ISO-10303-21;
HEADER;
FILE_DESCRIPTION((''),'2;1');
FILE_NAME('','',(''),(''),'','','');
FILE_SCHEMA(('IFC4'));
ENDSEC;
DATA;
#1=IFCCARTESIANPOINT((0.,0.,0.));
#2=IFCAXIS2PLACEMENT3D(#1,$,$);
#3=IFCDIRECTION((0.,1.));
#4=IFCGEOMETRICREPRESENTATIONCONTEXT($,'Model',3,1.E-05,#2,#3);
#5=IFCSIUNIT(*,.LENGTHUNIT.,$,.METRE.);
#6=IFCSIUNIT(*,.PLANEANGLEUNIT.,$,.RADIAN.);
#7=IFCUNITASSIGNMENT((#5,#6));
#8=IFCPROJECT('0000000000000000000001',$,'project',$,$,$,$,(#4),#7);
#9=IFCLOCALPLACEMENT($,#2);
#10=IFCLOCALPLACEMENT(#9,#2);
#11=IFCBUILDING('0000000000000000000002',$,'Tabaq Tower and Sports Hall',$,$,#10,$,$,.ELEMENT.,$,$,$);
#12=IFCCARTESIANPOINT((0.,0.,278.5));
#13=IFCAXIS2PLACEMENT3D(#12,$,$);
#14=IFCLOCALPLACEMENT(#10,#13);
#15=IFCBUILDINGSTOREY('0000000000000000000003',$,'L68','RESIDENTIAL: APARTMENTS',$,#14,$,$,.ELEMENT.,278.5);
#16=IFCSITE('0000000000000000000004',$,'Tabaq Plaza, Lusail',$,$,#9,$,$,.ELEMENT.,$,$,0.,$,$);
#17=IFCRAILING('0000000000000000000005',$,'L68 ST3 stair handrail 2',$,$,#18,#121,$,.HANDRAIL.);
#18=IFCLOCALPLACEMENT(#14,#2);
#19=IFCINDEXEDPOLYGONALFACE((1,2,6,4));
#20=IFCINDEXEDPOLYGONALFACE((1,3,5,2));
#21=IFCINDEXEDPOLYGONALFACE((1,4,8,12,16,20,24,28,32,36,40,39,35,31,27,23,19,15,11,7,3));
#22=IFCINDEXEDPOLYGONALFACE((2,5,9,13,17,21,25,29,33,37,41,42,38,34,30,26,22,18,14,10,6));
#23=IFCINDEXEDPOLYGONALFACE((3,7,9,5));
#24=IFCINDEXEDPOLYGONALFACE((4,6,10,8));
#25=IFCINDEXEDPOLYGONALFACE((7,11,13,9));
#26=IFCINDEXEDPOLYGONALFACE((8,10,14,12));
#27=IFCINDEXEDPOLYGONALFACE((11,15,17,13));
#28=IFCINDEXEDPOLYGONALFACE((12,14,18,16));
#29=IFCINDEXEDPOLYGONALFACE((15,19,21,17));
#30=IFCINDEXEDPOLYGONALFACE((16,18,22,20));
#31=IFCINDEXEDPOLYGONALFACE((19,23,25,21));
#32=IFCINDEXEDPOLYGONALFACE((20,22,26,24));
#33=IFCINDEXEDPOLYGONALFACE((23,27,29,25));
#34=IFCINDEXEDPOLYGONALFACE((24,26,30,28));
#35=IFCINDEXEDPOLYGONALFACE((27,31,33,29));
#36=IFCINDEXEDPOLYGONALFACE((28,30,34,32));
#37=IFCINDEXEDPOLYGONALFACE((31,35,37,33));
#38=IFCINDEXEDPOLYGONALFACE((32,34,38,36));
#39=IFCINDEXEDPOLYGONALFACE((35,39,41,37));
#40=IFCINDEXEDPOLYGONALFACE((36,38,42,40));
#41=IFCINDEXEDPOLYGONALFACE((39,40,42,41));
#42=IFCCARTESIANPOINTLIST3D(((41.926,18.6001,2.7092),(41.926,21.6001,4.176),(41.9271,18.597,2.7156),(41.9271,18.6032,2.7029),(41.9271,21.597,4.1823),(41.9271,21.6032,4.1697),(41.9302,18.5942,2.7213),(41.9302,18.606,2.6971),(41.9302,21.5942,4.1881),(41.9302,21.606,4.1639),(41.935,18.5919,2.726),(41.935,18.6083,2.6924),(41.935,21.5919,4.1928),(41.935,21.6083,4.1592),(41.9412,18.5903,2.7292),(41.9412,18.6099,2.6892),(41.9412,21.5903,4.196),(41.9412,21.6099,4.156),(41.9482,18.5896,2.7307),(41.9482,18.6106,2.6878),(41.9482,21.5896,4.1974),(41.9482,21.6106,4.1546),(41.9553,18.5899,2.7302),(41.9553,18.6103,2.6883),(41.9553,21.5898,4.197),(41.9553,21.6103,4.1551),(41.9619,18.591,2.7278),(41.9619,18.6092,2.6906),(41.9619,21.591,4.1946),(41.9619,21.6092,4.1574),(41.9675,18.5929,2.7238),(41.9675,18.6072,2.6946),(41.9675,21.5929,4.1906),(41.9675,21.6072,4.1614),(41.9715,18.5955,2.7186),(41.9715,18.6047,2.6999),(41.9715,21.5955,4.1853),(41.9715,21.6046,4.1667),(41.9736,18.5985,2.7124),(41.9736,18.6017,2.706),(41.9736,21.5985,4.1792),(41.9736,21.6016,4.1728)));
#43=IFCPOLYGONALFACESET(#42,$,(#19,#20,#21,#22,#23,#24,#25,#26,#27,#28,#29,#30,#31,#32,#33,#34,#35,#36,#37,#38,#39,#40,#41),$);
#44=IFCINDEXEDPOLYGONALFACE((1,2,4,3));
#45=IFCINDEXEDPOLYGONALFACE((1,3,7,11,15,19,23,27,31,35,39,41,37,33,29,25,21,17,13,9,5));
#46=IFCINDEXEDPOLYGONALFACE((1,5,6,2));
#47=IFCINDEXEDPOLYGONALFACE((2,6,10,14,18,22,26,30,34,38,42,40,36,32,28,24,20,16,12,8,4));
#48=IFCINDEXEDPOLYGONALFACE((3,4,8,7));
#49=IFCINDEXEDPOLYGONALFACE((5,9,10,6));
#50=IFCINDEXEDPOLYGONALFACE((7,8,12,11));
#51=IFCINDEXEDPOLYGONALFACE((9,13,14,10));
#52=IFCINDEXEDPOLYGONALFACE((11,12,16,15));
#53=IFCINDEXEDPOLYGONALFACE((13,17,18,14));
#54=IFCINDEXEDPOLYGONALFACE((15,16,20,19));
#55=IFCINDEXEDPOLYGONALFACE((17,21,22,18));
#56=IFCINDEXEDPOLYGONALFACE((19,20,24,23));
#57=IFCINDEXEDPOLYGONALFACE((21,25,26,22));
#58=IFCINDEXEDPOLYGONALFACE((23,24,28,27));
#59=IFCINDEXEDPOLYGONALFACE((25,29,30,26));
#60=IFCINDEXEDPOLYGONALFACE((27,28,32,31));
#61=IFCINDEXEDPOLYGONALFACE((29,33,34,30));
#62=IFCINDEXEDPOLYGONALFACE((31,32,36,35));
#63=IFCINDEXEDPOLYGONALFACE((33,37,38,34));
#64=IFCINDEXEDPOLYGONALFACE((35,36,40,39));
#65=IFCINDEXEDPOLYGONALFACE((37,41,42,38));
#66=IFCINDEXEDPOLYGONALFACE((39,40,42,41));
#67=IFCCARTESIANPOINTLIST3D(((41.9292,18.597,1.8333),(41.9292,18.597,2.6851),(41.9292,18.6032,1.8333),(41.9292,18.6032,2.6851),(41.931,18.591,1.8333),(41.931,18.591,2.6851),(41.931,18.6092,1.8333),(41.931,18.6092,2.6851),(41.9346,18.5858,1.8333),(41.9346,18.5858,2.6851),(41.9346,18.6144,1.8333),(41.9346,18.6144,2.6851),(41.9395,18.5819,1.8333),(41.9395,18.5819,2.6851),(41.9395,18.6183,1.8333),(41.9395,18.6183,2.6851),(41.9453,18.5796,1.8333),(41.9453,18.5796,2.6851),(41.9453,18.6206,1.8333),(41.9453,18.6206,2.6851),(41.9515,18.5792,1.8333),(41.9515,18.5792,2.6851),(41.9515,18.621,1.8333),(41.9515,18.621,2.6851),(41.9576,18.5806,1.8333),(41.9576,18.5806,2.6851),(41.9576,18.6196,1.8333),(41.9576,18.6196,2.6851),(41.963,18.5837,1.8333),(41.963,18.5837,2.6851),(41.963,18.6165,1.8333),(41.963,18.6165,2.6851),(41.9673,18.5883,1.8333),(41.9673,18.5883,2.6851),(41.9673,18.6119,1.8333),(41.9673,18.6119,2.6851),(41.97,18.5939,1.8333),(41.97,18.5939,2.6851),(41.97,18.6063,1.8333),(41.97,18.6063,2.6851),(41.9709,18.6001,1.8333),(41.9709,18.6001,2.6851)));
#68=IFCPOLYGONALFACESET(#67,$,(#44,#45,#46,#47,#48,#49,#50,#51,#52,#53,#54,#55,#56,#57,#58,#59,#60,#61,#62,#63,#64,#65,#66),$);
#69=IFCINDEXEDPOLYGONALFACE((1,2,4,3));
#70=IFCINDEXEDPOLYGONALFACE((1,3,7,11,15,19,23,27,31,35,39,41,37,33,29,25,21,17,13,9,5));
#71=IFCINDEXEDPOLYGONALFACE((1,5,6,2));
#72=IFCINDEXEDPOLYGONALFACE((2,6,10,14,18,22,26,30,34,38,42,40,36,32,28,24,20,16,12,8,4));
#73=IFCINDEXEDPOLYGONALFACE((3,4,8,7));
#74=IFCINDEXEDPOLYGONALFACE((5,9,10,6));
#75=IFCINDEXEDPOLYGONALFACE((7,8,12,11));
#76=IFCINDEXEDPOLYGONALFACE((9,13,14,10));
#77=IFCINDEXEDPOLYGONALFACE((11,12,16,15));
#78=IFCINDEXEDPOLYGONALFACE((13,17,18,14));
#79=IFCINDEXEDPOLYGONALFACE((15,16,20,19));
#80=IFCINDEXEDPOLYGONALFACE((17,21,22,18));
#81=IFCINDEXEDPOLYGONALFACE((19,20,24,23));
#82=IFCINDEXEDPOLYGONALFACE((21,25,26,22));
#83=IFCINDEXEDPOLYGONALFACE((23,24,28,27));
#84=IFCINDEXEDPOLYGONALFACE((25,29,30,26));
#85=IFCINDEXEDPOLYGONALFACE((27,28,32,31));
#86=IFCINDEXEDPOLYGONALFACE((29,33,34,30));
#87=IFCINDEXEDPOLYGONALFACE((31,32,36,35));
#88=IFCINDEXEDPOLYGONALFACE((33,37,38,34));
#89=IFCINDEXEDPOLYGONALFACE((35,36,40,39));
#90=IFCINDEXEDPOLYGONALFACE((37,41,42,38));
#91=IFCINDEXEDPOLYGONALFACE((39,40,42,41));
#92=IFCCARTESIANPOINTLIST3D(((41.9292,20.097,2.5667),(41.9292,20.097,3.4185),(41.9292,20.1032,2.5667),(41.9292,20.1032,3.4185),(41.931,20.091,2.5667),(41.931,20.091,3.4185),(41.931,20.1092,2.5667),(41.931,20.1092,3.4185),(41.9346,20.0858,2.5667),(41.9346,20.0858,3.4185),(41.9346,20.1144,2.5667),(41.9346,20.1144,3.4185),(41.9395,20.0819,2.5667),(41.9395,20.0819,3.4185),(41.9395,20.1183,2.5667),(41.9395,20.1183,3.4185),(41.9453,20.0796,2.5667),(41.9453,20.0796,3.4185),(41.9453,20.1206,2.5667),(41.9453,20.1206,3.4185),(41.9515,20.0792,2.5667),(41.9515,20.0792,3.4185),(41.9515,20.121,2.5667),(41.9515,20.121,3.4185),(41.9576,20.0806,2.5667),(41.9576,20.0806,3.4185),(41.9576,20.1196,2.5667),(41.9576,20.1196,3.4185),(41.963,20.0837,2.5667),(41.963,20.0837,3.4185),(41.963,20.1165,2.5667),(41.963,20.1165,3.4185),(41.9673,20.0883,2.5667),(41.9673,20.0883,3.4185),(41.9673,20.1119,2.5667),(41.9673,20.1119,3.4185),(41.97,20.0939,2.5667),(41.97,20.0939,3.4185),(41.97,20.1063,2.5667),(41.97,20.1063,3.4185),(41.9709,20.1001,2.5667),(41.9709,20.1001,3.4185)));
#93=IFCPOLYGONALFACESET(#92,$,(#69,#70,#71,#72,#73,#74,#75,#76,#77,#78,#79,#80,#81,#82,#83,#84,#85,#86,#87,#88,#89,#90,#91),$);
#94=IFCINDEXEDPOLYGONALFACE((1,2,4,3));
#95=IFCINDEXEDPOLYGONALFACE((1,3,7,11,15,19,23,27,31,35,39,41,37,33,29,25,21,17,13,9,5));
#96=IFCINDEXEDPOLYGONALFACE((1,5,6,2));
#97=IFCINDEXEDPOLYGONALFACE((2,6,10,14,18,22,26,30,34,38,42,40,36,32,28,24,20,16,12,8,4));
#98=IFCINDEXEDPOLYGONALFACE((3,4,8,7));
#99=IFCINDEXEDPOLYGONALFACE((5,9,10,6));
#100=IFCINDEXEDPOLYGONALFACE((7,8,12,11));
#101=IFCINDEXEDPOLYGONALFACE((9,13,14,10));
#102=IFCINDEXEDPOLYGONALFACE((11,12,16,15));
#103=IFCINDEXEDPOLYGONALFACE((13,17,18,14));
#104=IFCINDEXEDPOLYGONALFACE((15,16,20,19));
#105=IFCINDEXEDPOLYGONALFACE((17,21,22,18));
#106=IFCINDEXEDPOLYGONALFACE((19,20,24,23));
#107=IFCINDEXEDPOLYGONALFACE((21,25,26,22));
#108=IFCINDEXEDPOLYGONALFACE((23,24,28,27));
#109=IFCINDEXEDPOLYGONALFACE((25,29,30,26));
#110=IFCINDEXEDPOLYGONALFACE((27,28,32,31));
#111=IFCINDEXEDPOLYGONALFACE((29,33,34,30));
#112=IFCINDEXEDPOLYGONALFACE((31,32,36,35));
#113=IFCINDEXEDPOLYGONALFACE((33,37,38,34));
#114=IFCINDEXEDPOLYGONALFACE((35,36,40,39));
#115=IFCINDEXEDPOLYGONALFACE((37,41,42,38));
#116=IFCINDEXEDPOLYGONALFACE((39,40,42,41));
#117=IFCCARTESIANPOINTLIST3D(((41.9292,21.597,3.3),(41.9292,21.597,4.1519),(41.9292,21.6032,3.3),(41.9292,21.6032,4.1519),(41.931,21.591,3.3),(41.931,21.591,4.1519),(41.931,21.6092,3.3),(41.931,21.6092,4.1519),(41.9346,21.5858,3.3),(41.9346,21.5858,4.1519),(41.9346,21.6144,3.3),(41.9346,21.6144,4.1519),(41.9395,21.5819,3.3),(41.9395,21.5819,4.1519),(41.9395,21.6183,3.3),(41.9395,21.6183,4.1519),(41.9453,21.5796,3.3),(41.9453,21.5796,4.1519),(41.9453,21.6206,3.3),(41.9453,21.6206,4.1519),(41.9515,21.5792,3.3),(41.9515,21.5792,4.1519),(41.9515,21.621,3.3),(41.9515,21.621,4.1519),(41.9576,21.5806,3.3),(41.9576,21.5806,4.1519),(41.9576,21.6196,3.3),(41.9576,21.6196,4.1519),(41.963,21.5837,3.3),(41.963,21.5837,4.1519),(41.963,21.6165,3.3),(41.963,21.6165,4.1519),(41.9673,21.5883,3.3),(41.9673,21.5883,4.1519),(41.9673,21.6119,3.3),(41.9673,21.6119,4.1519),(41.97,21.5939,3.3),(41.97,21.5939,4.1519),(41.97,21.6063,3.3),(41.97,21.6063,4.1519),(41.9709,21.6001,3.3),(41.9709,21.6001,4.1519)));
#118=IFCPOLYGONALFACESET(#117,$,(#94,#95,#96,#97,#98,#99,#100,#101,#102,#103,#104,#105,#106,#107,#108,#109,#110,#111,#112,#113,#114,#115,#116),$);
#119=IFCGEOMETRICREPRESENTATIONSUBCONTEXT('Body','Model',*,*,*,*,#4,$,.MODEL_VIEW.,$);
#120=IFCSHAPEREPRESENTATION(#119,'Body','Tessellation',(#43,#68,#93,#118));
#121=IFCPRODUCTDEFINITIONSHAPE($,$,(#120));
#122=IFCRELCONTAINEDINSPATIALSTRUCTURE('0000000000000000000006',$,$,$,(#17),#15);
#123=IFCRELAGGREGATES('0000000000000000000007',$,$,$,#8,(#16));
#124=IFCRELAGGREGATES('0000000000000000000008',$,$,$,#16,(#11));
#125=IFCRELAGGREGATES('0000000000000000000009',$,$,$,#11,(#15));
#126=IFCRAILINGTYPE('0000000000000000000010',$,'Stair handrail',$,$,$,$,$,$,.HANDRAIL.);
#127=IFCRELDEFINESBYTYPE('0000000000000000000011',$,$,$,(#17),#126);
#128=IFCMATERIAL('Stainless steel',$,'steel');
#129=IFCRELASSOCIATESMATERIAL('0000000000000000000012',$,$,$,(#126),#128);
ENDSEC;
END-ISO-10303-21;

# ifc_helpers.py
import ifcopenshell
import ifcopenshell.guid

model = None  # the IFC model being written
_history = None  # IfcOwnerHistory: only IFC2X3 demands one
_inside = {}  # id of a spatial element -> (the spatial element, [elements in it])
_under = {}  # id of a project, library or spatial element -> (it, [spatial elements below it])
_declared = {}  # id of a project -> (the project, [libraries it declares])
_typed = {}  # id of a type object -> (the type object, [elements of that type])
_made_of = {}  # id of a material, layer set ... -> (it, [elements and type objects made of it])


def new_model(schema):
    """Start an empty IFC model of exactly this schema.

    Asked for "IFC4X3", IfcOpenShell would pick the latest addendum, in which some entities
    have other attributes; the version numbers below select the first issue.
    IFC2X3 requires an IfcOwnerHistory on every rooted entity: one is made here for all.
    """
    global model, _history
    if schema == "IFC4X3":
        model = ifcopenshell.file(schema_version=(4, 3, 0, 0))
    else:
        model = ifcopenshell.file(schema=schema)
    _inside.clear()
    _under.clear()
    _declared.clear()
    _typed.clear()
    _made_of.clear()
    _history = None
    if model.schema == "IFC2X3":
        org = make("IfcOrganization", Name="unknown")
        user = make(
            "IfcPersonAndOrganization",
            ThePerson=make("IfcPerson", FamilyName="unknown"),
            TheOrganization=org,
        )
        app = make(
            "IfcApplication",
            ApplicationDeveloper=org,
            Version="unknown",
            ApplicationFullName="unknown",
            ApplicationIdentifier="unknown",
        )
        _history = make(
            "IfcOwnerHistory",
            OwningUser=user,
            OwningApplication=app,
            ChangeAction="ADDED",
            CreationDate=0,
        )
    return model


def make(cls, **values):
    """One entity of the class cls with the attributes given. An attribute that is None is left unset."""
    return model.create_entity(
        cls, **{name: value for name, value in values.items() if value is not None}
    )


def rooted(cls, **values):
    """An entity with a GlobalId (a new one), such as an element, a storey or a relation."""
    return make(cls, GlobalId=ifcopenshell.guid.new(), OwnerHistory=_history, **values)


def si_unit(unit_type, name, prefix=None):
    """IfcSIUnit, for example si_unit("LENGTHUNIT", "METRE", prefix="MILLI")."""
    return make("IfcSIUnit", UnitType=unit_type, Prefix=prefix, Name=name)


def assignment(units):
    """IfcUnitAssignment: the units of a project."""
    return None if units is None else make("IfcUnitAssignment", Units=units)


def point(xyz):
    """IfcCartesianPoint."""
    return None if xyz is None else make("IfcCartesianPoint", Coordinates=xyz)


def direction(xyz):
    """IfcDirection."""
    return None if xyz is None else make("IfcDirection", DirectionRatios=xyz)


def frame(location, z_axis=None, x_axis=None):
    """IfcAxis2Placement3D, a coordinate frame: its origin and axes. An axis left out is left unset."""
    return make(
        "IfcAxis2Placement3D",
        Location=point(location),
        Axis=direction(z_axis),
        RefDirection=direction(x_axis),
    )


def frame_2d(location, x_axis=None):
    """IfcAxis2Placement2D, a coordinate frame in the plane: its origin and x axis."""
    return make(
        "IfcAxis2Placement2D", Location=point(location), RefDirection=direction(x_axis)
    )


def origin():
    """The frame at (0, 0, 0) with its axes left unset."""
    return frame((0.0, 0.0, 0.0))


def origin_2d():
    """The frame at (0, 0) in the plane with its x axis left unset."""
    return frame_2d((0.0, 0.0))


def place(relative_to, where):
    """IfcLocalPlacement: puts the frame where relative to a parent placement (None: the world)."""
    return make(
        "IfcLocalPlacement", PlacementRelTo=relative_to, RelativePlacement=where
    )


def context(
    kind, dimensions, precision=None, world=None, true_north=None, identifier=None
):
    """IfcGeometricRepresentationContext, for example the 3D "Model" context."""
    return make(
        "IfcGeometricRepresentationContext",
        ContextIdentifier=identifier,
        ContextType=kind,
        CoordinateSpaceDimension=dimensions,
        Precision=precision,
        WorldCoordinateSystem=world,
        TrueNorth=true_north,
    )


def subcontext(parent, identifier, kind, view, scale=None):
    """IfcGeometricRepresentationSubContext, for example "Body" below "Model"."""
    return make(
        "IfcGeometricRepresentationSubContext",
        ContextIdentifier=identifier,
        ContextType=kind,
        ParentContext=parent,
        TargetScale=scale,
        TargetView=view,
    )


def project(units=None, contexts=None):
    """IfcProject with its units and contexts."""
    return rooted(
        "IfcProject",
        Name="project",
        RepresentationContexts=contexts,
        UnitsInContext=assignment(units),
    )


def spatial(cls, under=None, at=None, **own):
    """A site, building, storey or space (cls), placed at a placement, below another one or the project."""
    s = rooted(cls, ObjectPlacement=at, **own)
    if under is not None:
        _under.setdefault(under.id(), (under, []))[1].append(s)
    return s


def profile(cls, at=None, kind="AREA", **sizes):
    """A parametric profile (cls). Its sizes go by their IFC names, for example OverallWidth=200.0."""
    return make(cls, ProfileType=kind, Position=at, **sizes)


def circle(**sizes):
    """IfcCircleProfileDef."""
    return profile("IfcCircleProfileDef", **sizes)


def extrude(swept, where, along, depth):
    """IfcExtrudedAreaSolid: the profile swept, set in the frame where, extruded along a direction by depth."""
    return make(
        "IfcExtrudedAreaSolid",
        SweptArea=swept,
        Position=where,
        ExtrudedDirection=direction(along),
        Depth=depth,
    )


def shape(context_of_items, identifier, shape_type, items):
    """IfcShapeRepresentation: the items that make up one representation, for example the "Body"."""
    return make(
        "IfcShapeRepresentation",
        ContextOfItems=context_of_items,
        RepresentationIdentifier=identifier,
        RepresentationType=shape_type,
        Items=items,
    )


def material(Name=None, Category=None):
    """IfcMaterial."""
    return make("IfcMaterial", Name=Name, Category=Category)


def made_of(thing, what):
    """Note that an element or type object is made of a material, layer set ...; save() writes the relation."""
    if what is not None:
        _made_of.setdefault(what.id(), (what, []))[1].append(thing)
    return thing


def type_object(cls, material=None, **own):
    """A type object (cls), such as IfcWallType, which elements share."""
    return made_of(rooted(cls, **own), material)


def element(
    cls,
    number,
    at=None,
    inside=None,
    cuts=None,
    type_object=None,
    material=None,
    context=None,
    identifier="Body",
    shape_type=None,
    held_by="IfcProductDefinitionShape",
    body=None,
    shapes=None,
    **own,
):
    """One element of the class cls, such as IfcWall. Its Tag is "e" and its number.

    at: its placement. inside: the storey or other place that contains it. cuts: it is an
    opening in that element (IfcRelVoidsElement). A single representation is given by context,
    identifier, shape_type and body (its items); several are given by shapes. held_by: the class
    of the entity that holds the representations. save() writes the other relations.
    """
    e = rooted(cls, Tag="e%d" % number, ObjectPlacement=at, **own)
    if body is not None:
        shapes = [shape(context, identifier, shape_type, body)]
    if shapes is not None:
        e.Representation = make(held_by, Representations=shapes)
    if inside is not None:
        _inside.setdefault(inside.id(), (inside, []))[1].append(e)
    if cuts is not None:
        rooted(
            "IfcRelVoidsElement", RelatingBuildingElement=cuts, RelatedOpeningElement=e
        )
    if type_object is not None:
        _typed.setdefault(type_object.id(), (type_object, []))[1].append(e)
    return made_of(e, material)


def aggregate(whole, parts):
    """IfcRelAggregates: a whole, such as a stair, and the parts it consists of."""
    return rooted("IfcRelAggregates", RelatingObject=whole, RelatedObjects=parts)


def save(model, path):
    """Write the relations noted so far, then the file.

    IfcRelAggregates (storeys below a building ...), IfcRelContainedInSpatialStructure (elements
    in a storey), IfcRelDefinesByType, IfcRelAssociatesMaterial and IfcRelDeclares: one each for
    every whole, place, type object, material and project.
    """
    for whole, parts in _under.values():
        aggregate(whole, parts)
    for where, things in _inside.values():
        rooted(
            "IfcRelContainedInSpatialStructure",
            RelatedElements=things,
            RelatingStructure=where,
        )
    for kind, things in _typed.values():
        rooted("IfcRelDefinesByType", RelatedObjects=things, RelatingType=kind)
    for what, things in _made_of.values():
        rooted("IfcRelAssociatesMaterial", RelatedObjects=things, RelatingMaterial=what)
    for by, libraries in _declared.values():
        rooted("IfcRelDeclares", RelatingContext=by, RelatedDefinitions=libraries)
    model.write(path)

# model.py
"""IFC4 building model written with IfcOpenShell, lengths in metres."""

from ifc_helpers import new_model, si_unit, direction, frame, origin, origin_2d, place, context, subcontext, project, spatial, circle, extrude, material, type_object, element, save


model = new_model("IFC4")

# Units and contexts
model_context = context("Model", 3, precision=1e-05, world=origin(), true_north=direction((0.0, 1.0)))
body_context = subcontext(model_context, "Body", "Model", "MODEL_VIEW")
ifc_project = project(units=[si_unit("LENGTHUNIT", "METRE"), si_unit("PLANEANGLEUNIT", "RADIAN")], contexts=[model_context])

# Site, building, storey
site_placement = place(None, origin())
site = spatial("IfcSite", under=ifc_project, at=site_placement, Name="Tabaq Plaza, Lusail", CompositionType="ELEMENT", RefElevation=0.0)
building_placement = place(site_placement, origin())
building = spatial("IfcBuilding", under=site, at=building_placement, Name="Tabaq Tower and Sports Hall", CompositionType="ELEMENT")
storey_placement = place(building_placement, frame((0.0, 0.0, 278.5)))
storey = spatial("IfcBuildingStorey", under=building, at=storey_placement, Name="L68", Description="RESIDENTIAL: APARTMENTS", CompositionType="ELEMENT", Elevation=278.5)

# Railing
ifc_material_1 = material(Name="Stainless steel", Category="steel")
railing_type_1 = type_object("IfcRailingType", Name="Stair handrail", PredefinedType="HANDRAIL", material=ifc_material_1)
railing_1_placement = place(storey_placement, frame((41.95, 18.6001, 1.8333)))
element("IfcRailing", 1, at=railing_1_placement, inside=storey, type_object=railing_type_1, Name="L68 ST3 stair handrail 2", PredefinedType="HANDRAIL", context=body_context, shape_type="SweptSolid", body=[
    extrude(circle(Radius=0.0239, at=origin_2d()), frame((0.0, 0.0, 0.876), z_axis=(0.0, 0.898369, 0.439242), x_axis=(-1.0, 0.0, 0.0)), (0.0, 0.0, 1.0), 3.3394),
    extrude(circle(Radius=0.021, at=origin_2d()), origin(), (0.0, 0.0, 1.0), 0.8518),
    extrude(circle(Radius=0.021, at=origin_2d()), frame((0.0, 1.5, 0.7334)), (0.0, 0.0, 1.0), 0.8518),
    extrude(circle(Radius=0.021, at=origin_2d()), frame((0.0, 3.0, 1.4668)), (0.0, 0.0, 1.0), 0.8518),
])

save(model, "model.ifc")
